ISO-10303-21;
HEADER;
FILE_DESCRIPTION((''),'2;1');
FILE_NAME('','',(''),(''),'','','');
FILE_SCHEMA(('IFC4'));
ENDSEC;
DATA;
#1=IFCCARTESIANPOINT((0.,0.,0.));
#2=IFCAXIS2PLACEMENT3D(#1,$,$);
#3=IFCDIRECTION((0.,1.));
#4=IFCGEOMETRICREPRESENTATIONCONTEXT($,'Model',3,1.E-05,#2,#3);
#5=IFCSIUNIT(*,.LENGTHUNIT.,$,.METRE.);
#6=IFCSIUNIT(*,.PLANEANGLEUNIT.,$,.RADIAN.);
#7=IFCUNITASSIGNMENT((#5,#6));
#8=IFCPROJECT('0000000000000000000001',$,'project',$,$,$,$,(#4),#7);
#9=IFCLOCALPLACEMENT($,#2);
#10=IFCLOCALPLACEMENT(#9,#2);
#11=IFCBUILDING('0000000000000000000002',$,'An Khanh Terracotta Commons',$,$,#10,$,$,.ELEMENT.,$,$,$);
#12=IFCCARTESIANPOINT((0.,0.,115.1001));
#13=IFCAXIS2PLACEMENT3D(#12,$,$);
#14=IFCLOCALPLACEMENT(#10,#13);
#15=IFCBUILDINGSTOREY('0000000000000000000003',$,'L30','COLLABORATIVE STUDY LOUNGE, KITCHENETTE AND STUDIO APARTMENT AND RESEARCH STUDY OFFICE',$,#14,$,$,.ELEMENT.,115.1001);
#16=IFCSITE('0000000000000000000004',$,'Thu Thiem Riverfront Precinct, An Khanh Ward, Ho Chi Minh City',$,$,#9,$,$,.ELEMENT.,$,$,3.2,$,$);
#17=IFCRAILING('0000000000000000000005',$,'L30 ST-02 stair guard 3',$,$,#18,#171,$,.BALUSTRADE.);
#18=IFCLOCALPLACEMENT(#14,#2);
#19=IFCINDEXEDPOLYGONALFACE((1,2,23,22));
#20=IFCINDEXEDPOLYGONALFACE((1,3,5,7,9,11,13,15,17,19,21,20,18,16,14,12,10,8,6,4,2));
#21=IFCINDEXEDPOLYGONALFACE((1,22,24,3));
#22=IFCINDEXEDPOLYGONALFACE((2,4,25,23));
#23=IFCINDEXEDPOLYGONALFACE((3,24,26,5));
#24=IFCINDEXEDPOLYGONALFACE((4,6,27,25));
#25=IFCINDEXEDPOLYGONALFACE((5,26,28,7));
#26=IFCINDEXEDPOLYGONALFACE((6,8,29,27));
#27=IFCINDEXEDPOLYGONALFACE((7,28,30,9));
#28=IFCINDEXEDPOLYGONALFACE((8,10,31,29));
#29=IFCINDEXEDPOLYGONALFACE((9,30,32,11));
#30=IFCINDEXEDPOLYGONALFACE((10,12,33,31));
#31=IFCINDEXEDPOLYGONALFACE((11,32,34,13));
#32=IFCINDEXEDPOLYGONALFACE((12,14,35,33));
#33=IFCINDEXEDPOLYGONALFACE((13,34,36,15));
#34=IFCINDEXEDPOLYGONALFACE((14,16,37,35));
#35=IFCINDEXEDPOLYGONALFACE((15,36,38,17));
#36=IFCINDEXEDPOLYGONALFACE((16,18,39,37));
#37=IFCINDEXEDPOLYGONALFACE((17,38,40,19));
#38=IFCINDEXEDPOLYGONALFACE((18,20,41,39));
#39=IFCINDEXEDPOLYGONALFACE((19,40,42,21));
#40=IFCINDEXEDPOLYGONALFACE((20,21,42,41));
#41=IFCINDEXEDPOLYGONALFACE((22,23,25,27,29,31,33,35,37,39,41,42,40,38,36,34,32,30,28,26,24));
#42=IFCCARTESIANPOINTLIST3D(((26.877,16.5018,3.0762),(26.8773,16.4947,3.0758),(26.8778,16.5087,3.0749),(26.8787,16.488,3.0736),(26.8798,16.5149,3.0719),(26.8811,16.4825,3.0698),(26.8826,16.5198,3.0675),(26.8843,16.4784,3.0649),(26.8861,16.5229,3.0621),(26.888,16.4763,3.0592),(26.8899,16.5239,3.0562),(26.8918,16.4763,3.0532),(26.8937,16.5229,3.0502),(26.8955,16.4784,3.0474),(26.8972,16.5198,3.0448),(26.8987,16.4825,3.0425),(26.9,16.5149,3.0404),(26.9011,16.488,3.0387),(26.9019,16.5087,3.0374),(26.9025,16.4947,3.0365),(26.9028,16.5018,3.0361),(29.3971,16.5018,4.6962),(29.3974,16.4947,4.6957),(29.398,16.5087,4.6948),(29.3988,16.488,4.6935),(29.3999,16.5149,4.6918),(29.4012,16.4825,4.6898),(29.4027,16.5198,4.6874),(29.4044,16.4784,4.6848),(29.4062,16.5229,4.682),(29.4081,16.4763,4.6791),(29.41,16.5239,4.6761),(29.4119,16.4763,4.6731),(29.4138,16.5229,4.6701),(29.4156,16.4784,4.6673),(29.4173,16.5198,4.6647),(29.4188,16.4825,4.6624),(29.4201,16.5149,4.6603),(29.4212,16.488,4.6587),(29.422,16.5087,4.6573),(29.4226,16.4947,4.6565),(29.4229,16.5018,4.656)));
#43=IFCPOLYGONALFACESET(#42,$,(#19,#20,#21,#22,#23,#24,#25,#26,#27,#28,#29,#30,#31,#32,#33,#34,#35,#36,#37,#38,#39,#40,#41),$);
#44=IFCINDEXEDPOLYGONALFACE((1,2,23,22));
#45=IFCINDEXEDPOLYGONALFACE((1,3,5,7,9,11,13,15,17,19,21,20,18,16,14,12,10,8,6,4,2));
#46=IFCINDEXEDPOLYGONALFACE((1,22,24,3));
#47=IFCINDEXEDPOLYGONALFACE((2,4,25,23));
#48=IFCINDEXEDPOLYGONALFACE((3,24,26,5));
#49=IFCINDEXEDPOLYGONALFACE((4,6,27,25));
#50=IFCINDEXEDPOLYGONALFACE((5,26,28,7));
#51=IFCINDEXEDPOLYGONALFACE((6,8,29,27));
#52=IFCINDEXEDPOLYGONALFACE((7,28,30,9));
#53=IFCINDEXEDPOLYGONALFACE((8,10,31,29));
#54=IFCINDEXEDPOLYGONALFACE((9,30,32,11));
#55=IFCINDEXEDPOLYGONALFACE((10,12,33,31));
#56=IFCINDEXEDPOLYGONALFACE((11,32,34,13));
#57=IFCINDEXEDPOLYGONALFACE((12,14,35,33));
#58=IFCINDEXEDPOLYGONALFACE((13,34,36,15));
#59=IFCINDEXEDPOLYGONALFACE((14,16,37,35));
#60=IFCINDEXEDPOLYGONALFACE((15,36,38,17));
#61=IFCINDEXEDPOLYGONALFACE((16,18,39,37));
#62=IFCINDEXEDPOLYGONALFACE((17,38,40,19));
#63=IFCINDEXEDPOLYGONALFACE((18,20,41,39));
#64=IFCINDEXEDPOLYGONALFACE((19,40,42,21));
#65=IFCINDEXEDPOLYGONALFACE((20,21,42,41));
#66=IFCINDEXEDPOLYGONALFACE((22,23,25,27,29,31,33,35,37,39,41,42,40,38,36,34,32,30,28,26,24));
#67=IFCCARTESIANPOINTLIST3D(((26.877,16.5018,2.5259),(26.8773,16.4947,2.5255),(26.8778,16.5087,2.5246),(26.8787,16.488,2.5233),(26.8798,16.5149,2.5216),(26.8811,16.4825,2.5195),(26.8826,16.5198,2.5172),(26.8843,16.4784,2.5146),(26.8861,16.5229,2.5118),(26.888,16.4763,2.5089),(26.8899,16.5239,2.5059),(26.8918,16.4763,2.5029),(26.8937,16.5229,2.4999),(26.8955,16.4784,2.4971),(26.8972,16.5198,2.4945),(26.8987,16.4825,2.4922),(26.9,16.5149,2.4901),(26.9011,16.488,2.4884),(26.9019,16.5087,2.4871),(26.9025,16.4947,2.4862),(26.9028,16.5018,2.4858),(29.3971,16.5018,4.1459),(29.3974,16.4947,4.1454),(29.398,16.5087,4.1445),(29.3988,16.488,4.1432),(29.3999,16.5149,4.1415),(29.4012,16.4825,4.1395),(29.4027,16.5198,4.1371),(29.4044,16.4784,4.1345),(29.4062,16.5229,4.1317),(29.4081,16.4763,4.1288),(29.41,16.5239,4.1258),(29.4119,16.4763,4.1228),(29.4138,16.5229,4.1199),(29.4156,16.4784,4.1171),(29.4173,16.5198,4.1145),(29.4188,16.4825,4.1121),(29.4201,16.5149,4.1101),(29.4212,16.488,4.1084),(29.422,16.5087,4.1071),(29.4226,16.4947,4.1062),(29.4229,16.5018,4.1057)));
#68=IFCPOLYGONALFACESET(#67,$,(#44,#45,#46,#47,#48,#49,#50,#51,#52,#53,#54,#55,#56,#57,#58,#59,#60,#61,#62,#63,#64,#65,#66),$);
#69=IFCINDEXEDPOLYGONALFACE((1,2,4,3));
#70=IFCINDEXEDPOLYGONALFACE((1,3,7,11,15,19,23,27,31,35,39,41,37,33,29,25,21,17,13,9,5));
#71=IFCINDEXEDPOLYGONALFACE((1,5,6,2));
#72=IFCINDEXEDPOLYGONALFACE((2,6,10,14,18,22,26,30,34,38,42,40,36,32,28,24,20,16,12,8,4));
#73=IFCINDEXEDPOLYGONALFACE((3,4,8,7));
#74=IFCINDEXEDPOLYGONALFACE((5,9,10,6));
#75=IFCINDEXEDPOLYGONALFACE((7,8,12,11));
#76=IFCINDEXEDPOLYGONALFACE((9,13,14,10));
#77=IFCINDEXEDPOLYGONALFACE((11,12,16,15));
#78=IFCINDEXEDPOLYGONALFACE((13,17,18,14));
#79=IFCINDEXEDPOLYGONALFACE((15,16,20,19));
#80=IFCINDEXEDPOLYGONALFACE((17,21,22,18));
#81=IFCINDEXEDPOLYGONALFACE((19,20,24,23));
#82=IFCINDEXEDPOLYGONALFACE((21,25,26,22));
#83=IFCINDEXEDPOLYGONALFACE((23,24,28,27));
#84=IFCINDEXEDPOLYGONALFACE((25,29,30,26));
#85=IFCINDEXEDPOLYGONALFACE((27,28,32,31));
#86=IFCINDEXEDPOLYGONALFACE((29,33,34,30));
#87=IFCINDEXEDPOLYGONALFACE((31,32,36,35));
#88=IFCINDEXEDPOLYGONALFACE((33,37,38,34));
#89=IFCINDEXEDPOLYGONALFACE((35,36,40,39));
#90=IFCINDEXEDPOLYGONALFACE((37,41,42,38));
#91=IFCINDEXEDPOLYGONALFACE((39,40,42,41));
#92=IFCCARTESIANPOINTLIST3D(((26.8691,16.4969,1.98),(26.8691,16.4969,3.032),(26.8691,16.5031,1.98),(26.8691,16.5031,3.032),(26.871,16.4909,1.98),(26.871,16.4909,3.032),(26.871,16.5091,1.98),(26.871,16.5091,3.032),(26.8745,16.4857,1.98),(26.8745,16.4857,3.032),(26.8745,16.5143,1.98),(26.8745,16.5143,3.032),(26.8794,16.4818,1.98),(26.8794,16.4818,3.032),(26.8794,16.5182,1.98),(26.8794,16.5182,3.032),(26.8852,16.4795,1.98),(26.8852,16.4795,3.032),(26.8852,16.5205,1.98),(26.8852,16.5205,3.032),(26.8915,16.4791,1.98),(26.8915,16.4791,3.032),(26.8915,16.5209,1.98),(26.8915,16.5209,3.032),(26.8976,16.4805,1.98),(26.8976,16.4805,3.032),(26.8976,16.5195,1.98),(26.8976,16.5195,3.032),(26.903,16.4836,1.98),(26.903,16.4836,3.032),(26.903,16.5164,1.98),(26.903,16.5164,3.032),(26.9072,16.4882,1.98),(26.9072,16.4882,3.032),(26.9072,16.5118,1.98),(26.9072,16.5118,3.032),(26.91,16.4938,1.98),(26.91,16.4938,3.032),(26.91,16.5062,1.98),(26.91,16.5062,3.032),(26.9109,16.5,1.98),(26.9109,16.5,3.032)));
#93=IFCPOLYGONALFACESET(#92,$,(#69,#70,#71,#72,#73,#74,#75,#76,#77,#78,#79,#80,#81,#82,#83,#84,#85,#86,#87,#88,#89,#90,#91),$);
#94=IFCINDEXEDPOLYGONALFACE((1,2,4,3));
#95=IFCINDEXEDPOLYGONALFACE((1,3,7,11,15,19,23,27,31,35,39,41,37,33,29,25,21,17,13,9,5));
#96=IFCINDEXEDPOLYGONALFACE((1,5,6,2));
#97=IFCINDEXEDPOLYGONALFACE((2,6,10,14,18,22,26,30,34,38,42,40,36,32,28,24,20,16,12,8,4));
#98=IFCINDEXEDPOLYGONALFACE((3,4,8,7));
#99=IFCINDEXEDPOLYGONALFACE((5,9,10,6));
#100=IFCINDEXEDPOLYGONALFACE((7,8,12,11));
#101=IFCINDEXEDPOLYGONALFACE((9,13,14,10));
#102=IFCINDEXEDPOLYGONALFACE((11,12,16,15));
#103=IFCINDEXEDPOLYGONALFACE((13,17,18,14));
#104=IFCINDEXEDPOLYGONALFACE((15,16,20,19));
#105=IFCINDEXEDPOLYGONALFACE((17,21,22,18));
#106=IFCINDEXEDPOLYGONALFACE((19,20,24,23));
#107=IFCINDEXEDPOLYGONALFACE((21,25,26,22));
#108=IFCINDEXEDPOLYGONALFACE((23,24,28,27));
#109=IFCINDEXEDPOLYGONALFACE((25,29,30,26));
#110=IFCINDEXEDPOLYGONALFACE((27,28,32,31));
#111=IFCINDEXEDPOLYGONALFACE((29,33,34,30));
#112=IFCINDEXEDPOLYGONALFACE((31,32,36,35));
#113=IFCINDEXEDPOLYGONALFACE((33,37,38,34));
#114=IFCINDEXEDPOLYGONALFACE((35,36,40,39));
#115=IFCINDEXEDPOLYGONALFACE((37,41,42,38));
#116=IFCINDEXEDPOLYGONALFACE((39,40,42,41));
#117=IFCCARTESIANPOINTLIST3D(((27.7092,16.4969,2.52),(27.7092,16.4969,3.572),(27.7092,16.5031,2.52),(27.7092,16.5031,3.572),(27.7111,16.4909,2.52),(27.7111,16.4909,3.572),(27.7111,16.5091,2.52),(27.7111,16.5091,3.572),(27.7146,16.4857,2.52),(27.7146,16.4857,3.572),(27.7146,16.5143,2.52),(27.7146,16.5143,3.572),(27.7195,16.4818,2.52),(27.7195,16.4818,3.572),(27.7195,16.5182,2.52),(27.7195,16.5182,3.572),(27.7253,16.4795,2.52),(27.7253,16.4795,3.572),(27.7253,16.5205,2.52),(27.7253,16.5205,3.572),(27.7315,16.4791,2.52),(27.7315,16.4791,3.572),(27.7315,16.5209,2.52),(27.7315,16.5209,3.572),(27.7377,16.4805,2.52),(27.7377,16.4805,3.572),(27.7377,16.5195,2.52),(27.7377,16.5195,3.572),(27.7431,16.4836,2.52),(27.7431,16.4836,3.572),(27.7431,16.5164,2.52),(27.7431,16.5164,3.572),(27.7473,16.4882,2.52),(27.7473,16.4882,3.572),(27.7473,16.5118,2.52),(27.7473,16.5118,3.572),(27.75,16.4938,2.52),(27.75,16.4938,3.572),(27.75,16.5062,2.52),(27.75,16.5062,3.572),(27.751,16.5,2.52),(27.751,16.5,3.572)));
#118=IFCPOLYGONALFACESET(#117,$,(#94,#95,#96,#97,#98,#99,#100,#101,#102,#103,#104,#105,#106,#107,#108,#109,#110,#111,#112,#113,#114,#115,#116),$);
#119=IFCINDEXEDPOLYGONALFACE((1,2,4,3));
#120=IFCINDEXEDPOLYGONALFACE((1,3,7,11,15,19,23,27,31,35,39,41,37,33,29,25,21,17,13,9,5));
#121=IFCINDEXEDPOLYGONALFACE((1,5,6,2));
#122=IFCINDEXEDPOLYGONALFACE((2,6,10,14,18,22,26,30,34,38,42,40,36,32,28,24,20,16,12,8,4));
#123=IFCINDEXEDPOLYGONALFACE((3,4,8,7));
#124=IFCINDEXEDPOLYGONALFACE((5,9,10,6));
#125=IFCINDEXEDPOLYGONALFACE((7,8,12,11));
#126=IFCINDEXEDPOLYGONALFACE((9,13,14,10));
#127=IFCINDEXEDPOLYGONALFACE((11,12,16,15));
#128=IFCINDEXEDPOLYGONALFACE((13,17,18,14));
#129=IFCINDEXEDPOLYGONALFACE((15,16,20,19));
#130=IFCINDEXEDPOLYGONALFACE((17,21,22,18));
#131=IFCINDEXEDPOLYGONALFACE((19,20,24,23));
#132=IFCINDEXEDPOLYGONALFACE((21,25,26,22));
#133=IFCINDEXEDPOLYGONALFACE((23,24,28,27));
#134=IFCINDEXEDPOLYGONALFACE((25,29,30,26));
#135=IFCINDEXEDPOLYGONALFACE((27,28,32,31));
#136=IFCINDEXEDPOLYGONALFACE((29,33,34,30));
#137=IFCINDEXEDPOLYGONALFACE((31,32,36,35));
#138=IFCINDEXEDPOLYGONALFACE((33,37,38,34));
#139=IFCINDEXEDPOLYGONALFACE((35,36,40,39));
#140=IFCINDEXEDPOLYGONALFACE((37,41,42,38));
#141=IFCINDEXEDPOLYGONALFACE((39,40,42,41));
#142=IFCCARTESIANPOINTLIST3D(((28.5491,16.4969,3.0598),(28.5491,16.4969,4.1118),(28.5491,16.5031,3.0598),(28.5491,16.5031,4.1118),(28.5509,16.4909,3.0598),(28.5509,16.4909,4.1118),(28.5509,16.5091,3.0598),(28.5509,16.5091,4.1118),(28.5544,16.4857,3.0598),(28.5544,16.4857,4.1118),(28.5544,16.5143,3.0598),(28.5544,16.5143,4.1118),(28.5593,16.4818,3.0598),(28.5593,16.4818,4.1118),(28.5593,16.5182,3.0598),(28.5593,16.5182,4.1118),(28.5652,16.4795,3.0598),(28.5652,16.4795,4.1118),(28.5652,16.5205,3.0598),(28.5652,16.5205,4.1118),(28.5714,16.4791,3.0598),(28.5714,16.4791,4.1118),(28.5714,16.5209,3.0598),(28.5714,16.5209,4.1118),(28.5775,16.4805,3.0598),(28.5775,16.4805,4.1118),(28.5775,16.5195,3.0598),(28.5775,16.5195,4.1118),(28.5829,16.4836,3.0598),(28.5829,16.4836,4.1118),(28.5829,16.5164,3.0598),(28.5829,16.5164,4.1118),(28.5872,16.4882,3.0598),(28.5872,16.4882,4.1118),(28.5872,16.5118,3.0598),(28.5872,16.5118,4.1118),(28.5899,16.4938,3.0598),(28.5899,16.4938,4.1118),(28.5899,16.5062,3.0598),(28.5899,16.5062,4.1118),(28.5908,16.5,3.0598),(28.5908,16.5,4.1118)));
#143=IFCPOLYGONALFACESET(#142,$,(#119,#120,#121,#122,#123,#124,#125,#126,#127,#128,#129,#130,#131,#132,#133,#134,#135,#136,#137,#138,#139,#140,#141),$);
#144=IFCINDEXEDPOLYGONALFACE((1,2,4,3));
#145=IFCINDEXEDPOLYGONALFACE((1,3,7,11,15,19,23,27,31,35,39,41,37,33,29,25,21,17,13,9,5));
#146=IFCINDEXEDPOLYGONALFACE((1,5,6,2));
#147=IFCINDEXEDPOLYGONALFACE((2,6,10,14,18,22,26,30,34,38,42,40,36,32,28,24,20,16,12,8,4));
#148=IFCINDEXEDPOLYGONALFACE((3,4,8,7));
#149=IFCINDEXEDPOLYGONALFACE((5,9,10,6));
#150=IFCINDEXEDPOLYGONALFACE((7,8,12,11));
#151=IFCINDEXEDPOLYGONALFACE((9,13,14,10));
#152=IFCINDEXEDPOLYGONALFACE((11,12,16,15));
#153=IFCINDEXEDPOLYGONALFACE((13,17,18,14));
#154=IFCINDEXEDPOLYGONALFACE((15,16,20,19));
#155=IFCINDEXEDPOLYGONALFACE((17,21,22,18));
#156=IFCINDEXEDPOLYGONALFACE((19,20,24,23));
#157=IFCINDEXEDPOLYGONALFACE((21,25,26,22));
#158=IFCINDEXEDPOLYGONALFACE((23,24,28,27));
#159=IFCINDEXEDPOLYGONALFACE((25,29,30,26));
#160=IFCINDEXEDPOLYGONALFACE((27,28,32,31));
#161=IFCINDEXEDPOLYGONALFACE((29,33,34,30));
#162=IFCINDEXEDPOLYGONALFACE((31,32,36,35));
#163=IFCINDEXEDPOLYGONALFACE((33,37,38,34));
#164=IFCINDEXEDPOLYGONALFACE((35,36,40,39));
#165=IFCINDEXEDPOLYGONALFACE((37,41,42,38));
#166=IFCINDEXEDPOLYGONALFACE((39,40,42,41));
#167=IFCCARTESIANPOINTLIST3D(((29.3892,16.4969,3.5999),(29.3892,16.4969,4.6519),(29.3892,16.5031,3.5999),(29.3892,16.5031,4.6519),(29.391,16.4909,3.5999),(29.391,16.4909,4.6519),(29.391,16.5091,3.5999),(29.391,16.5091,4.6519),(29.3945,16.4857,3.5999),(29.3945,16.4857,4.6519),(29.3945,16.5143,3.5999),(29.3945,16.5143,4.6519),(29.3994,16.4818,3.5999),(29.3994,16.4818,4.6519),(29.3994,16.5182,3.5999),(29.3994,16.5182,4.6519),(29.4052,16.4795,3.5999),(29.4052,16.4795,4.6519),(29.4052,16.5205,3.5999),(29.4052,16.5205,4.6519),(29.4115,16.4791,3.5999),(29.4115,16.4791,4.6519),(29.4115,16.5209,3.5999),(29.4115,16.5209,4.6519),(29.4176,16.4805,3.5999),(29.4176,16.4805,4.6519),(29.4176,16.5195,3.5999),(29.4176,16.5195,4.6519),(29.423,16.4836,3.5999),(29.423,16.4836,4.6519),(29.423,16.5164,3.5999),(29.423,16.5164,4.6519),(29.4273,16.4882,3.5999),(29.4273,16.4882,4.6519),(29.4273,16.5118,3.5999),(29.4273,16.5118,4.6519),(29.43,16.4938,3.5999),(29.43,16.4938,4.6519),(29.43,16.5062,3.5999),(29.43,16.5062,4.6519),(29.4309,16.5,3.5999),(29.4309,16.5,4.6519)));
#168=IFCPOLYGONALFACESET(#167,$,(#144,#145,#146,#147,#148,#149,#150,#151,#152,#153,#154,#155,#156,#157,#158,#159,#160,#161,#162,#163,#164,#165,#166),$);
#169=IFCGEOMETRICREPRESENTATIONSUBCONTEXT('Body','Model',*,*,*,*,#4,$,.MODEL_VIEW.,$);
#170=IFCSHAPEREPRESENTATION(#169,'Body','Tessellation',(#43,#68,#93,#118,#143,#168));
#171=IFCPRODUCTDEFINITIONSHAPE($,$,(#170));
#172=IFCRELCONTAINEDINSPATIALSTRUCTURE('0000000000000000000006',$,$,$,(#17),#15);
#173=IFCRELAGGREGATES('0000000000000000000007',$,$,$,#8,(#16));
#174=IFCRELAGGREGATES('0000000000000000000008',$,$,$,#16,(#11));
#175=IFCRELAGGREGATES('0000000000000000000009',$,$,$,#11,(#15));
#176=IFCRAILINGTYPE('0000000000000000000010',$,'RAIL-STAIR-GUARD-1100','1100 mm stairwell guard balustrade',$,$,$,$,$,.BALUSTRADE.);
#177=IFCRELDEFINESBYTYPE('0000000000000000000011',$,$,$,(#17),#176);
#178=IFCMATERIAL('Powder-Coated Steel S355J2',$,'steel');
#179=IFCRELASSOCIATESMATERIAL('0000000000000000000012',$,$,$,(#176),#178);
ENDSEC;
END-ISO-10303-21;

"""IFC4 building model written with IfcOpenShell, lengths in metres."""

from ifc_helpers import new_model, si_unit, direction, frame, origin, origin_2d, place, context, subcontext, project, spatial, circle, extrude, material, type_object, element, save


model = new_model("IFC4")

# Units and contexts
model_context = context("Model", 3, precision=1e-05, world=origin(), true_north=direction((0.0, 1.0)))
body_context = subcontext(model_context, "Body", "Model", "MODEL_VIEW")
ifc_project = project(units=[si_unit("LENGTHUNIT", "METRE"), si_unit("PLANEANGLEUNIT", "RADIAN")], contexts=[model_context])

# Site, building, storey
site_placement = place(None, origin())
site = spatial("IfcSite", under=ifc_project, at=site_placement, Name="Thu Thiem Riverfront Precinct, An Khanh Ward, Ho Chi Minh City", CompositionType="ELEMENT", RefElevation=3.2)
building_placement = place(site_placement, origin())
building = spatial("IfcBuilding", under=site, at=building_placement, Name="An Khanh Terracotta Commons", CompositionType="ELEMENT")
storey_placement = place(building_placement, frame((0.0, 0.0, 115.1001)))
storey = spatial("IfcBuildingStorey", under=building, at=storey_placement, Name="L30", Description="COLLABORATIVE STUDY LOUNGE, KITCHENETTE AND STUDIO APARTMENT AND RESEARCH STUDY OFFICE", CompositionType="ELEMENT", Elevation=115.1001)

# Railing
ifc_material_1 = material(Name="Powder-Coated Steel S355J2", Category="steel")
railing_type_1 = type_object("IfcRailingType", Name="RAIL-STAIR-GUARD-1100", Description="1100 mm stairwell guard balustrade", PredefinedType="BALUSTRADE", material=ifc_material_1)
railing_1_placement = place(storey_placement, frame((26.8899, 16.5, 1.98)))
element("IfcRailing", 1, at=railing_1_placement, inside=storey, type_object=railing_type_1, Name="L30 ST-02 stair guard 3", PredefinedType="BALUSTRADE", context=body_context, shape_type="SweptSolid", body=[
    extrude(circle(Radius=0.0239, at=origin_2d()), frame((0.0, 0.0, 1.0762), z_axis=(0.8412, 0.0, 0.540725), x_axis=(0.0, 1.0, 0.0)), (0.0, 0.0, 1.0), 2.9958),
    extrude(circle(Radius=0.0239, at=origin_2d()), frame((0.0, 0.0, 0.5259), z_axis=(0.8412, 0.0, 0.540725), x_axis=(0.0, 1.0, 0.0)), (0.0, 0.0, 1.0), 2.9958),
    extrude(circle(Radius=0.021, at=origin_2d()), origin(), (0.0, 0.0, 1.0), 1.052),
    extrude(circle(Radius=0.021, at=origin_2d()), frame((0.8401, 0.0, 0.54)), (0.0, 0.0, 1.0), 1.052),
    extrude(circle(Radius=0.021, at=origin_2d()), frame((1.6799, 0.0, 1.0798)), (0.0, 0.0, 1.0), 1.052),
    extrude(circle(Radius=0.021, at=origin_2d()), frame((2.52, 0.0, 1.6199)), (0.0, 0.0, 1.0), 1.052),
])

save(model, "model.ifc")
